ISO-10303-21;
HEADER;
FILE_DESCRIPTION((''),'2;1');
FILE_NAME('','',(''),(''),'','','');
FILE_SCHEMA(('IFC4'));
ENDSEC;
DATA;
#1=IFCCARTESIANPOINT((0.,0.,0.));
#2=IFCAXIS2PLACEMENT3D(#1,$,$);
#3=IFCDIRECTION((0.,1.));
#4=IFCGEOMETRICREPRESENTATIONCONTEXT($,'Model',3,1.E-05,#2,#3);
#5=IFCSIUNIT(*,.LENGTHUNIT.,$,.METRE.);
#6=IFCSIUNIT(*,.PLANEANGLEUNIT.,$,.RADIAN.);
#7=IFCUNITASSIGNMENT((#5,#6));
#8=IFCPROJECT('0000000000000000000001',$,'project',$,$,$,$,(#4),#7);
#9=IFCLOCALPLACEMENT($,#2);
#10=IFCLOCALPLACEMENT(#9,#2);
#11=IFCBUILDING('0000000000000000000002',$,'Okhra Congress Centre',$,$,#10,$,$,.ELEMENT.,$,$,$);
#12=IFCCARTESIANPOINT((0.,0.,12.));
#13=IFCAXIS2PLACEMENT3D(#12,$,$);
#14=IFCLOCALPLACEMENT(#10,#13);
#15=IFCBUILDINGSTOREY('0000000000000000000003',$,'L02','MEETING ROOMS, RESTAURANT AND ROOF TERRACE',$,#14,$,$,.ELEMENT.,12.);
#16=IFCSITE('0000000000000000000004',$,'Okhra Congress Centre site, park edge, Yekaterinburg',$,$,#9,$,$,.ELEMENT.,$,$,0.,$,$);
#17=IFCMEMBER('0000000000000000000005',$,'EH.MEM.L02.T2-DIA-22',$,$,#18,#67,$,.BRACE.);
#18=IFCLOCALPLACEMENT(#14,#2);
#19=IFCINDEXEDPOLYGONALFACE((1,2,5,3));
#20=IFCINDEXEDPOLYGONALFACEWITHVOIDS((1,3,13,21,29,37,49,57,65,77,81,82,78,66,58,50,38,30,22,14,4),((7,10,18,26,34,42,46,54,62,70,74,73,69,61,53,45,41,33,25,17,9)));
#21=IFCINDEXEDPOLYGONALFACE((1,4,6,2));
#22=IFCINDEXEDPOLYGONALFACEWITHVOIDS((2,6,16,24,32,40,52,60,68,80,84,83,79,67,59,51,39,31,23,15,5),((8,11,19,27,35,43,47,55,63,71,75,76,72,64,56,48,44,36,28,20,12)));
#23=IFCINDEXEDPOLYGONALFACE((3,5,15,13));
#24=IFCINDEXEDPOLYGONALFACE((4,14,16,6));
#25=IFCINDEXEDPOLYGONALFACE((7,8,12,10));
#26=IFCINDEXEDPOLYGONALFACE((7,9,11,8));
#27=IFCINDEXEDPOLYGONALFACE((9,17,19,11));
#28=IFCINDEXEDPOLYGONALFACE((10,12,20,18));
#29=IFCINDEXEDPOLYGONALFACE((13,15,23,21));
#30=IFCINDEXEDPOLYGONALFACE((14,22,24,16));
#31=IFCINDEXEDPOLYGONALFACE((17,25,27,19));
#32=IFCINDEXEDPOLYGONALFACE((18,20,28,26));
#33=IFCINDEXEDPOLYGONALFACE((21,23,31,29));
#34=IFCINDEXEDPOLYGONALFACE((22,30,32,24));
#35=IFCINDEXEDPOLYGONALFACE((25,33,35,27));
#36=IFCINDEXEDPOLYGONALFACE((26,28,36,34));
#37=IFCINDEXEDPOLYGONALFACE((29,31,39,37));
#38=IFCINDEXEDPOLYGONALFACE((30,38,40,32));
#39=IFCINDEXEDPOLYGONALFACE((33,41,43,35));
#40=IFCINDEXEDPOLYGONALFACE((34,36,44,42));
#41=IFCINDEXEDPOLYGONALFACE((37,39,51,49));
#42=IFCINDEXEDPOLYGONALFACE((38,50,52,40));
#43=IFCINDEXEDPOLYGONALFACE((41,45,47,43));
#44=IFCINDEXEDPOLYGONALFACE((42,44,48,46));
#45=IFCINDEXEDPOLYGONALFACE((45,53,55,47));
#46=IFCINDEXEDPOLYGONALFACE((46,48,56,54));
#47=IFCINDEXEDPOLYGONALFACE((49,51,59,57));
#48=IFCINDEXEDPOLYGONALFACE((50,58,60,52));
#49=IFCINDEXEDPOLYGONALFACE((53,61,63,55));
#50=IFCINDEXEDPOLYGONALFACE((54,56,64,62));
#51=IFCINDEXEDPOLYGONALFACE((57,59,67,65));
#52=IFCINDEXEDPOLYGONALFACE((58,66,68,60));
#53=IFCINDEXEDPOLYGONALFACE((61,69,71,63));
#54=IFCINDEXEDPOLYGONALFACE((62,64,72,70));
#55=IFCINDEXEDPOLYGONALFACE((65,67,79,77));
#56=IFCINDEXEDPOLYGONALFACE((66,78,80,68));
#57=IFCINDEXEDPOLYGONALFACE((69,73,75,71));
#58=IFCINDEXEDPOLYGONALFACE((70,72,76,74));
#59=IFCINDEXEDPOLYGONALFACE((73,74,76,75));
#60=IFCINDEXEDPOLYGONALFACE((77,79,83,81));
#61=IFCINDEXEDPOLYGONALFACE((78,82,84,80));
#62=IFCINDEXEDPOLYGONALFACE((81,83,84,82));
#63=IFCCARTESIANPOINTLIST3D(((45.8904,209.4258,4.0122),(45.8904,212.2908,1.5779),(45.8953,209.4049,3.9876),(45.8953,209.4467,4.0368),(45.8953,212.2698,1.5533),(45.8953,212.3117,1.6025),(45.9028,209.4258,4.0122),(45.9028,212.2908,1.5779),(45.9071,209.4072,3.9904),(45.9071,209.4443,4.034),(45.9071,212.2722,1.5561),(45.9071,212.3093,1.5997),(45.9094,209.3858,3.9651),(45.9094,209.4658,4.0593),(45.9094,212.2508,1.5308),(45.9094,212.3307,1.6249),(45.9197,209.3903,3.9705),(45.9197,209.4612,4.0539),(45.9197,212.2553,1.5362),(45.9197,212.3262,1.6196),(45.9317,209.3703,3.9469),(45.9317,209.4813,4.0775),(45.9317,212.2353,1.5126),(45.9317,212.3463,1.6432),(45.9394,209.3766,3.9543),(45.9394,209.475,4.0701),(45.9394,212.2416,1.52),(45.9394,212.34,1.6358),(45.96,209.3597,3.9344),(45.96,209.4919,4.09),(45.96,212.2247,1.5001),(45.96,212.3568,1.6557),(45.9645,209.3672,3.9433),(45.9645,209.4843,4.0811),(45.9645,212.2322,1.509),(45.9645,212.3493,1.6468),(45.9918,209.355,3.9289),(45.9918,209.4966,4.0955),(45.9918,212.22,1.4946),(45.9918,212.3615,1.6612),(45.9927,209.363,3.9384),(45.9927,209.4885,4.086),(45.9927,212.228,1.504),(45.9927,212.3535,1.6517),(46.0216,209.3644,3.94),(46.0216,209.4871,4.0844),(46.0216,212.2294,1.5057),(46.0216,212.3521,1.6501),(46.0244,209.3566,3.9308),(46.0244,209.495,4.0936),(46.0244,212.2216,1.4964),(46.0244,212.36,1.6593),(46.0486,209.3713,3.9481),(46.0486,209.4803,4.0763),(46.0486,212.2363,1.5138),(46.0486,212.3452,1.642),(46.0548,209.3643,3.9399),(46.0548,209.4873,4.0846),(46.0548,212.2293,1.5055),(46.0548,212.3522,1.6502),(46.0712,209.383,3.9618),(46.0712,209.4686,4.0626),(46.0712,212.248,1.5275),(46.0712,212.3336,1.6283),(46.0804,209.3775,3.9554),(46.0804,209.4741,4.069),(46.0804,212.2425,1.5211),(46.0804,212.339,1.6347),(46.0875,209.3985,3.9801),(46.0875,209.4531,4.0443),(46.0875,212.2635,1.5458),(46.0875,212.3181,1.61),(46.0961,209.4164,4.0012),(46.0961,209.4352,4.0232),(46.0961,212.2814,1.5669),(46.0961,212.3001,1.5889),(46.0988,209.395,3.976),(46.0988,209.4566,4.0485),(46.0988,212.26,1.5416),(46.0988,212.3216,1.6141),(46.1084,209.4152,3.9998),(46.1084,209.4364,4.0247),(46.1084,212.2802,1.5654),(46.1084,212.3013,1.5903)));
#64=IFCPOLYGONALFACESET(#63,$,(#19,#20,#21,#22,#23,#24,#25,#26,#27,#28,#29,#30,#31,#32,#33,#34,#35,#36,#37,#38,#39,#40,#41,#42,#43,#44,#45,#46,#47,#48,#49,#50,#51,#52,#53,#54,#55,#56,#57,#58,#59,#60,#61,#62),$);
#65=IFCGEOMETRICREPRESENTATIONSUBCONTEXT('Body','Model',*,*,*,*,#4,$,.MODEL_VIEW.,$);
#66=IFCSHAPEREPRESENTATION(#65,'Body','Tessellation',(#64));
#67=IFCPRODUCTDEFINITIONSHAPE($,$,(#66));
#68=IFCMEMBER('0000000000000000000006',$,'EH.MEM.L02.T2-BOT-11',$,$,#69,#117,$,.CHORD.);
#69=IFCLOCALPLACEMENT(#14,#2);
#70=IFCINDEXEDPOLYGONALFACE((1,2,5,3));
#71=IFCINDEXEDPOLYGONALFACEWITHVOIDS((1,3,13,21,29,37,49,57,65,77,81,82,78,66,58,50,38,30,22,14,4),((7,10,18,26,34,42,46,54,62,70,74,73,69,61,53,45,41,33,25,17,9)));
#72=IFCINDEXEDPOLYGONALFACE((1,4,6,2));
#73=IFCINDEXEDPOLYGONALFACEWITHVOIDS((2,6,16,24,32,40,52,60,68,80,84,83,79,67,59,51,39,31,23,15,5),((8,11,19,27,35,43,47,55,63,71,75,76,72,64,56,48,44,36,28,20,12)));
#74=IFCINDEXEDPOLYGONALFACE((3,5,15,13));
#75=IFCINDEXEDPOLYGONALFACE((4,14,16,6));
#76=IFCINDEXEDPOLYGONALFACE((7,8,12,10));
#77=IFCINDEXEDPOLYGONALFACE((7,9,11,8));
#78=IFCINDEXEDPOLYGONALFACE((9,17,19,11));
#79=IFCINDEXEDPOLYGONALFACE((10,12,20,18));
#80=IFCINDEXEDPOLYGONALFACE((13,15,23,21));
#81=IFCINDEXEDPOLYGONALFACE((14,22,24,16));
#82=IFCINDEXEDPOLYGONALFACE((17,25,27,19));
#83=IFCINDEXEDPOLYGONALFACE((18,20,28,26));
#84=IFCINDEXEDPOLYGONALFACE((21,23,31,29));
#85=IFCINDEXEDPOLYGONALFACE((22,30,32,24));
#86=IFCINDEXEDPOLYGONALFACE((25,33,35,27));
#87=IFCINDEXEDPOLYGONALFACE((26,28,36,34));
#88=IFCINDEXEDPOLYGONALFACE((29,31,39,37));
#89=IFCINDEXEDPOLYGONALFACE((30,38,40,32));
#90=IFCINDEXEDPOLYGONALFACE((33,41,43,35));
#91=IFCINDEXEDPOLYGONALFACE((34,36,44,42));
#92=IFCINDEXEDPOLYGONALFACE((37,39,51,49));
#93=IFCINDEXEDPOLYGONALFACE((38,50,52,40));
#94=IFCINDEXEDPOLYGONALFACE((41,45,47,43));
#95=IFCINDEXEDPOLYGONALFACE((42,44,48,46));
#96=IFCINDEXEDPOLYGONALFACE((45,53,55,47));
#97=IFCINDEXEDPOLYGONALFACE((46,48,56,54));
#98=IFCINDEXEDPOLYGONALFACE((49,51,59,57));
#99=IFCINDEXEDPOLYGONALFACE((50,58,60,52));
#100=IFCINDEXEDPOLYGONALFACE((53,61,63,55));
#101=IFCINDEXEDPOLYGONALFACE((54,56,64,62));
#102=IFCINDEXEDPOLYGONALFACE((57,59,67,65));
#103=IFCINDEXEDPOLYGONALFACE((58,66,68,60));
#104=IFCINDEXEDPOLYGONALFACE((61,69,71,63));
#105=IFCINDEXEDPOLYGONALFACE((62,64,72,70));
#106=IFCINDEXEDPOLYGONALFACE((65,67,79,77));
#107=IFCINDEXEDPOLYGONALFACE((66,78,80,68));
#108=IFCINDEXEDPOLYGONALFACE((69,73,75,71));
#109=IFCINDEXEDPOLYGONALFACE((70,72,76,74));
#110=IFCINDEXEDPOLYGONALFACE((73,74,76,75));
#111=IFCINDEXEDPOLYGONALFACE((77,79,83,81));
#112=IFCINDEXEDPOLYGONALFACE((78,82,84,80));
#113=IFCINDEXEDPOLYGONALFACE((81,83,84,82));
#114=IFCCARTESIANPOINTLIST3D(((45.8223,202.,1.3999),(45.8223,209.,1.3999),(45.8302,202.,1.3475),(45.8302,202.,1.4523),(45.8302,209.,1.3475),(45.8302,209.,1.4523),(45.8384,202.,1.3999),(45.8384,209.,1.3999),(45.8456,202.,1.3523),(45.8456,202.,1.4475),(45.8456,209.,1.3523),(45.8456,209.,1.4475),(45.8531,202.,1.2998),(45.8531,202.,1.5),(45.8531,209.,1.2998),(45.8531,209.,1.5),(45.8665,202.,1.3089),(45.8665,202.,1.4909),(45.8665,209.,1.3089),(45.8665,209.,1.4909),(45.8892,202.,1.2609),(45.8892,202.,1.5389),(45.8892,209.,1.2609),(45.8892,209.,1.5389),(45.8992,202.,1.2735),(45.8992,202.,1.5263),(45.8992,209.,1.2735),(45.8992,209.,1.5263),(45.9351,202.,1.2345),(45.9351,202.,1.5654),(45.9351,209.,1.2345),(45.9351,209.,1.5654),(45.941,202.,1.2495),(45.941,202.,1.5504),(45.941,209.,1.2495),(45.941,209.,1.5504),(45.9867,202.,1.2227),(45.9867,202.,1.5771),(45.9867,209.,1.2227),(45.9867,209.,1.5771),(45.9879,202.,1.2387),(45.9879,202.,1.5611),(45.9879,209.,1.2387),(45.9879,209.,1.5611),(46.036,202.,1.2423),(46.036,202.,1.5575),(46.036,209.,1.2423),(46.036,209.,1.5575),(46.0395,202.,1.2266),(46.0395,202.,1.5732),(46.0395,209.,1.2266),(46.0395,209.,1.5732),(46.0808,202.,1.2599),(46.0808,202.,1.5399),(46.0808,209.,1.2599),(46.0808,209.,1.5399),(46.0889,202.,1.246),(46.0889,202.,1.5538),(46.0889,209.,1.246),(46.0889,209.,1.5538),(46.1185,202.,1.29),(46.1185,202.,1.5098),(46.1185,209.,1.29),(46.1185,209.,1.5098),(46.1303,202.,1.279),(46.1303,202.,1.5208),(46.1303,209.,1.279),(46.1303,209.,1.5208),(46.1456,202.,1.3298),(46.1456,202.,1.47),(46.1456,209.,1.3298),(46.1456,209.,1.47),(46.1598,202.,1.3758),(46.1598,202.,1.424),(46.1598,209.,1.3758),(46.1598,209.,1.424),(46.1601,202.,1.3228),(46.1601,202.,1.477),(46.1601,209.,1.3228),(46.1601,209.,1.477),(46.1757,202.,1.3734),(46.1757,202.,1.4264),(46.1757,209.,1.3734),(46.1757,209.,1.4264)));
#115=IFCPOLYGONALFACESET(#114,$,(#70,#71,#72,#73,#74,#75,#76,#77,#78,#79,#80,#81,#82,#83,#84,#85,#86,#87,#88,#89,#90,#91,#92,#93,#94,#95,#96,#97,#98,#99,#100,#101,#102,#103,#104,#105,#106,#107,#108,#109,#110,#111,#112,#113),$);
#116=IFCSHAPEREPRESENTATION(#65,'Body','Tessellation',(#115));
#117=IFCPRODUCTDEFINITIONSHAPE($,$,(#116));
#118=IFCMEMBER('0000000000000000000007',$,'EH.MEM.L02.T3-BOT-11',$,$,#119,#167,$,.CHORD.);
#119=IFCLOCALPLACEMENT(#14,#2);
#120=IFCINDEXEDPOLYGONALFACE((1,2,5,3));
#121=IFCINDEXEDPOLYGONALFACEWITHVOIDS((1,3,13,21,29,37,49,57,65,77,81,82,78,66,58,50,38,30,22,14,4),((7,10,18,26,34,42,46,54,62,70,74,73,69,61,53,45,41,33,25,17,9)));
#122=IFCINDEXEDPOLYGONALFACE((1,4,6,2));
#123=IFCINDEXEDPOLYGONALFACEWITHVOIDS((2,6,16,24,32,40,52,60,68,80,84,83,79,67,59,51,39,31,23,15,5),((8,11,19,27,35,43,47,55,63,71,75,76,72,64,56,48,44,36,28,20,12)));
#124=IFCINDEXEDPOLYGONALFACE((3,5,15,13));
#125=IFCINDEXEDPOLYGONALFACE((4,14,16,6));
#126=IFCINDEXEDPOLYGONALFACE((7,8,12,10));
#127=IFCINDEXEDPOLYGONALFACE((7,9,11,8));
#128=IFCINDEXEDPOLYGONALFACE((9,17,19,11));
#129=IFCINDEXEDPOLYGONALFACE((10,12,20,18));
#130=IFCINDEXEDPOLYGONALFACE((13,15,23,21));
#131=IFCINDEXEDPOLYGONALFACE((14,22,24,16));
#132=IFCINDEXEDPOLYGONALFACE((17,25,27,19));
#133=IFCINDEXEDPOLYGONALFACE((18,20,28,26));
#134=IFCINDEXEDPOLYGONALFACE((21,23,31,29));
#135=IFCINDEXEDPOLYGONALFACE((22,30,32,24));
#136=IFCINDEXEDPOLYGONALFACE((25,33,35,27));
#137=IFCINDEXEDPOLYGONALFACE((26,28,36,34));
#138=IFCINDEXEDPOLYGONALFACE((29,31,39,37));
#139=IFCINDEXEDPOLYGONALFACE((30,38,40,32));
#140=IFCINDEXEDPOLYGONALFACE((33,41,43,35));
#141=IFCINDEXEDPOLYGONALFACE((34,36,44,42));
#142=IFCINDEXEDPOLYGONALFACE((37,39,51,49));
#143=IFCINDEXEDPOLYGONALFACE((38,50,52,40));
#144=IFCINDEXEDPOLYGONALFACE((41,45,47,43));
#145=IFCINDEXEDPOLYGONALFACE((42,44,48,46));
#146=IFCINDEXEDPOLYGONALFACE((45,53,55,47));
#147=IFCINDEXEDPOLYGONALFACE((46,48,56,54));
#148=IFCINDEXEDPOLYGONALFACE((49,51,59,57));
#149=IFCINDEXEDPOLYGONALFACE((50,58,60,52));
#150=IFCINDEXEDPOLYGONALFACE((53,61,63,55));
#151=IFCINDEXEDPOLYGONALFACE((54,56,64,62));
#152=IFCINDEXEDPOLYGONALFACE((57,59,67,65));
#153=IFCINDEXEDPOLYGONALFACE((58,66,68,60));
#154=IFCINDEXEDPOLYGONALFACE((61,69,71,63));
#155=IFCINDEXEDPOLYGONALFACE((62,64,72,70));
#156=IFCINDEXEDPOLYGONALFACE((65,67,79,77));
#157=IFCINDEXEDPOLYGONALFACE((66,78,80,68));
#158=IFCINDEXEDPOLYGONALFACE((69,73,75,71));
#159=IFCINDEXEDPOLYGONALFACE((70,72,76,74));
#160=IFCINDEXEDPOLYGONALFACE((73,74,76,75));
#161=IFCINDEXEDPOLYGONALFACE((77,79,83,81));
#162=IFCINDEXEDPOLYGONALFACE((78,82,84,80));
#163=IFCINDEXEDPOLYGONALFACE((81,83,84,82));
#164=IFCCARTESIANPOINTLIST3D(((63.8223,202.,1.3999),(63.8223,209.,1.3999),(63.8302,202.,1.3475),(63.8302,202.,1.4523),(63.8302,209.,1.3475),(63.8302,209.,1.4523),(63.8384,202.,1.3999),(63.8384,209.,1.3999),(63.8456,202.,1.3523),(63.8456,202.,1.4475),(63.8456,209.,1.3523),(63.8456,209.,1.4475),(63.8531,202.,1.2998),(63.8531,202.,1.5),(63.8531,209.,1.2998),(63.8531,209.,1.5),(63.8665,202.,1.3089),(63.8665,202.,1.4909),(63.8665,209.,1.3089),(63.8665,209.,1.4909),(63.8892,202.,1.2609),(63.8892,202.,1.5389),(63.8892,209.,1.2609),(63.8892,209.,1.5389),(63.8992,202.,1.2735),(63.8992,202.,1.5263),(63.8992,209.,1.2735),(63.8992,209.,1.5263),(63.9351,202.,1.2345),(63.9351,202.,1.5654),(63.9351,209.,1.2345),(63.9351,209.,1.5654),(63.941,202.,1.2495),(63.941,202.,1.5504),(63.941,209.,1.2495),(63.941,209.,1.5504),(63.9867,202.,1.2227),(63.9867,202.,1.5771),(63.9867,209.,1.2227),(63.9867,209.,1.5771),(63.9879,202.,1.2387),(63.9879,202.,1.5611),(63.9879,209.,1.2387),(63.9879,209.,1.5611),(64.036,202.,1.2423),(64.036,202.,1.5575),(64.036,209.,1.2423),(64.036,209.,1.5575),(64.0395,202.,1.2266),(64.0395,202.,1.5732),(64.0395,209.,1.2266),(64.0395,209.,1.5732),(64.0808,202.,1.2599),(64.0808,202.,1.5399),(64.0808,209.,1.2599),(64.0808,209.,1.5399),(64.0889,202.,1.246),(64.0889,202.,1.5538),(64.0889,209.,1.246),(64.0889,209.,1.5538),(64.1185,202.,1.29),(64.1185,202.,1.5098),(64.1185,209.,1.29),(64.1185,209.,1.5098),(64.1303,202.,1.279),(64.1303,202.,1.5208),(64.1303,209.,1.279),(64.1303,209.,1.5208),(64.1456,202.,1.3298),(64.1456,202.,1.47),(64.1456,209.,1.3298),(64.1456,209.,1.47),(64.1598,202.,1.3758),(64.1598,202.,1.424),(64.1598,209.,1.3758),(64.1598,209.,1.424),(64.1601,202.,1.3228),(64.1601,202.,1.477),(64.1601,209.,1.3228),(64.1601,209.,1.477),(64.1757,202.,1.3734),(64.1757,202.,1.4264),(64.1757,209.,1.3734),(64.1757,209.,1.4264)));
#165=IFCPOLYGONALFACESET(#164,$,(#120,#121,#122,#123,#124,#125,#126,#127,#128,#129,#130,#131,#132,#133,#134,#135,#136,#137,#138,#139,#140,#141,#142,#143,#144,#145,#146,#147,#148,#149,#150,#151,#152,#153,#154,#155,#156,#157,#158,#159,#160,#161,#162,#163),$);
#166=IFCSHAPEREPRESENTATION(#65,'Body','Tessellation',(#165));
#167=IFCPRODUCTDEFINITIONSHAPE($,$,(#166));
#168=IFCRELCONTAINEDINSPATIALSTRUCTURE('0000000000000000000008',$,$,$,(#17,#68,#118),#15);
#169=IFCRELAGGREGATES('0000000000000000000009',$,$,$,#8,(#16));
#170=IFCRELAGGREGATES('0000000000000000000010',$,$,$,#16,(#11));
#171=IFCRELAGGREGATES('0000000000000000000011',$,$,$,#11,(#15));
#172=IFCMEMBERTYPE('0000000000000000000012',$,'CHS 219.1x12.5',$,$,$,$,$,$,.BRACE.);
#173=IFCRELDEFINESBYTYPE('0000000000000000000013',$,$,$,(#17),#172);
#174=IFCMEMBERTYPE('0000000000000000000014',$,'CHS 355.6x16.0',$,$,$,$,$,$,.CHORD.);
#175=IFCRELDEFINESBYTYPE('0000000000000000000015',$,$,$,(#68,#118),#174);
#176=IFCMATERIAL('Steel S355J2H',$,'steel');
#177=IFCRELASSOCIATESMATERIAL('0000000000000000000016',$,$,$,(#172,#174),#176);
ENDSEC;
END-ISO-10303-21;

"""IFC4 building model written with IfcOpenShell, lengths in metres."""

from ifc_helpers import new_model, si_unit, direction, frame, origin, origin_2d, place, context, subcontext, project, spatial, hollow_circle, extrude, material, material_profile, profile_set, type_object, element, save


model = new_model("IFC4")

# Units and contexts
model_context = context("Model", 3, precision=1e-05, world=origin(), true_north=direction((0.0, 1.0)))
body_context = subcontext(model_context, "Body", "Model", "MODEL_VIEW")
ifc_project = project(units=[si_unit("LENGTHUNIT", "METRE"), si_unit("PLANEANGLEUNIT", "RADIAN")], contexts=[model_context])

# Site, building, storey
site_placement = place(None, origin())
site = spatial("IfcSite", under=ifc_project, at=site_placement, Name="Okhra Congress Centre site, park edge, Yekaterinburg", CompositionType="ELEMENT", RefElevation=0.0)
building_placement = place(site_placement, origin())
building = spatial("IfcBuilding", under=site, at=building_placement, Name="Okhra Congress Centre", CompositionType="ELEMENT")
storey_placement = place(building_placement, frame((0.0, 0.0, 12.0)))
storey = spatial("IfcBuildingStorey", under=building, at=storey_placement, Name="L02", Description="MEETING ROOMS, RESTAURANT AND ROOF TERRACE", CompositionType="ELEMENT", Elevation=12.0)

# Members
ifc_material_1 = material(Name="Steel S355J2H", Category="steel")
ifc_material_profile_1 = material_profile(ifc_material_1, hollow_circle(Radius=0.1096, WallThickness=0.0125, at=origin_2d()), Name="CHS 219.1x12.5")
ifc_profile_set_1 = profile_set([ifc_material_profile_1], Name="Steel S355J2H")
member_type_1 = type_object("IfcMemberType", Name="CHS 219.1x12.5", PredefinedType="BRACE", material=ifc_profile_set_1)
member_1_placement = place(storey_placement, frame((46.0, 209.4258, 4.0122), z_axis=(0.0, 0.762059, -0.647507), x_axis=(-1.0, 0.0, 0.0)))
element("IfcMember", 1, at=member_1_placement, inside=storey, type_object=member_type_1, Name="EH.MEM.L02.T2-DIA-22", PredefinedType="BRACE", context=body_context, shape_type="SweptSolid", body=[
    extrude(hollow_circle(Radius=0.1096, WallThickness=0.0125, at=origin_2d()), origin(), (0.0, 0.0, 1.0), 3.7595),
])
ifc_material_profile_2 = material_profile(ifc_material_1, hollow_circle(Radius=0.1777, WallThickness=0.0161, at=origin_2d()), Name="CHS 355.6x16.0")
ifc_profile_set_2 = profile_set([ifc_material_profile_2], Name="Steel S355J2H")
member_type_2 = type_object("IfcMemberType", Name="CHS 355.6x16.0", PredefinedType="CHORD", material=ifc_profile_set_2)
for number, where, z_axis, x_axis, name in (
    (2, (46.0, 202.0, 1.3999), (0.0, 1.0, 0.0), (-1.0, 0.0, 0.0), "EH.MEM.L02.T2-BOT-11"),
    (3, (64.0, 202.0, 1.3999), (0.0, 1.0, 0.0), (-1.0, 0.0, 0.0), "EH.MEM.L02.T3-BOT-11"),
):
    element("IfcMember", number, at=place(storey_placement, frame(where, z_axis=z_axis, x_axis=x_axis)), inside=storey, type_object=member_type_2, Name=name, PredefinedType="CHORD", context=body_context, shape_type="SweptSolid", body=[
        extrude(hollow_circle(Radius=0.1777, WallThickness=0.0161, at=origin_2d()), origin(), (0.0, 0.0, 1.0), 7.0),
    ])

save(model, "model.ifc")
